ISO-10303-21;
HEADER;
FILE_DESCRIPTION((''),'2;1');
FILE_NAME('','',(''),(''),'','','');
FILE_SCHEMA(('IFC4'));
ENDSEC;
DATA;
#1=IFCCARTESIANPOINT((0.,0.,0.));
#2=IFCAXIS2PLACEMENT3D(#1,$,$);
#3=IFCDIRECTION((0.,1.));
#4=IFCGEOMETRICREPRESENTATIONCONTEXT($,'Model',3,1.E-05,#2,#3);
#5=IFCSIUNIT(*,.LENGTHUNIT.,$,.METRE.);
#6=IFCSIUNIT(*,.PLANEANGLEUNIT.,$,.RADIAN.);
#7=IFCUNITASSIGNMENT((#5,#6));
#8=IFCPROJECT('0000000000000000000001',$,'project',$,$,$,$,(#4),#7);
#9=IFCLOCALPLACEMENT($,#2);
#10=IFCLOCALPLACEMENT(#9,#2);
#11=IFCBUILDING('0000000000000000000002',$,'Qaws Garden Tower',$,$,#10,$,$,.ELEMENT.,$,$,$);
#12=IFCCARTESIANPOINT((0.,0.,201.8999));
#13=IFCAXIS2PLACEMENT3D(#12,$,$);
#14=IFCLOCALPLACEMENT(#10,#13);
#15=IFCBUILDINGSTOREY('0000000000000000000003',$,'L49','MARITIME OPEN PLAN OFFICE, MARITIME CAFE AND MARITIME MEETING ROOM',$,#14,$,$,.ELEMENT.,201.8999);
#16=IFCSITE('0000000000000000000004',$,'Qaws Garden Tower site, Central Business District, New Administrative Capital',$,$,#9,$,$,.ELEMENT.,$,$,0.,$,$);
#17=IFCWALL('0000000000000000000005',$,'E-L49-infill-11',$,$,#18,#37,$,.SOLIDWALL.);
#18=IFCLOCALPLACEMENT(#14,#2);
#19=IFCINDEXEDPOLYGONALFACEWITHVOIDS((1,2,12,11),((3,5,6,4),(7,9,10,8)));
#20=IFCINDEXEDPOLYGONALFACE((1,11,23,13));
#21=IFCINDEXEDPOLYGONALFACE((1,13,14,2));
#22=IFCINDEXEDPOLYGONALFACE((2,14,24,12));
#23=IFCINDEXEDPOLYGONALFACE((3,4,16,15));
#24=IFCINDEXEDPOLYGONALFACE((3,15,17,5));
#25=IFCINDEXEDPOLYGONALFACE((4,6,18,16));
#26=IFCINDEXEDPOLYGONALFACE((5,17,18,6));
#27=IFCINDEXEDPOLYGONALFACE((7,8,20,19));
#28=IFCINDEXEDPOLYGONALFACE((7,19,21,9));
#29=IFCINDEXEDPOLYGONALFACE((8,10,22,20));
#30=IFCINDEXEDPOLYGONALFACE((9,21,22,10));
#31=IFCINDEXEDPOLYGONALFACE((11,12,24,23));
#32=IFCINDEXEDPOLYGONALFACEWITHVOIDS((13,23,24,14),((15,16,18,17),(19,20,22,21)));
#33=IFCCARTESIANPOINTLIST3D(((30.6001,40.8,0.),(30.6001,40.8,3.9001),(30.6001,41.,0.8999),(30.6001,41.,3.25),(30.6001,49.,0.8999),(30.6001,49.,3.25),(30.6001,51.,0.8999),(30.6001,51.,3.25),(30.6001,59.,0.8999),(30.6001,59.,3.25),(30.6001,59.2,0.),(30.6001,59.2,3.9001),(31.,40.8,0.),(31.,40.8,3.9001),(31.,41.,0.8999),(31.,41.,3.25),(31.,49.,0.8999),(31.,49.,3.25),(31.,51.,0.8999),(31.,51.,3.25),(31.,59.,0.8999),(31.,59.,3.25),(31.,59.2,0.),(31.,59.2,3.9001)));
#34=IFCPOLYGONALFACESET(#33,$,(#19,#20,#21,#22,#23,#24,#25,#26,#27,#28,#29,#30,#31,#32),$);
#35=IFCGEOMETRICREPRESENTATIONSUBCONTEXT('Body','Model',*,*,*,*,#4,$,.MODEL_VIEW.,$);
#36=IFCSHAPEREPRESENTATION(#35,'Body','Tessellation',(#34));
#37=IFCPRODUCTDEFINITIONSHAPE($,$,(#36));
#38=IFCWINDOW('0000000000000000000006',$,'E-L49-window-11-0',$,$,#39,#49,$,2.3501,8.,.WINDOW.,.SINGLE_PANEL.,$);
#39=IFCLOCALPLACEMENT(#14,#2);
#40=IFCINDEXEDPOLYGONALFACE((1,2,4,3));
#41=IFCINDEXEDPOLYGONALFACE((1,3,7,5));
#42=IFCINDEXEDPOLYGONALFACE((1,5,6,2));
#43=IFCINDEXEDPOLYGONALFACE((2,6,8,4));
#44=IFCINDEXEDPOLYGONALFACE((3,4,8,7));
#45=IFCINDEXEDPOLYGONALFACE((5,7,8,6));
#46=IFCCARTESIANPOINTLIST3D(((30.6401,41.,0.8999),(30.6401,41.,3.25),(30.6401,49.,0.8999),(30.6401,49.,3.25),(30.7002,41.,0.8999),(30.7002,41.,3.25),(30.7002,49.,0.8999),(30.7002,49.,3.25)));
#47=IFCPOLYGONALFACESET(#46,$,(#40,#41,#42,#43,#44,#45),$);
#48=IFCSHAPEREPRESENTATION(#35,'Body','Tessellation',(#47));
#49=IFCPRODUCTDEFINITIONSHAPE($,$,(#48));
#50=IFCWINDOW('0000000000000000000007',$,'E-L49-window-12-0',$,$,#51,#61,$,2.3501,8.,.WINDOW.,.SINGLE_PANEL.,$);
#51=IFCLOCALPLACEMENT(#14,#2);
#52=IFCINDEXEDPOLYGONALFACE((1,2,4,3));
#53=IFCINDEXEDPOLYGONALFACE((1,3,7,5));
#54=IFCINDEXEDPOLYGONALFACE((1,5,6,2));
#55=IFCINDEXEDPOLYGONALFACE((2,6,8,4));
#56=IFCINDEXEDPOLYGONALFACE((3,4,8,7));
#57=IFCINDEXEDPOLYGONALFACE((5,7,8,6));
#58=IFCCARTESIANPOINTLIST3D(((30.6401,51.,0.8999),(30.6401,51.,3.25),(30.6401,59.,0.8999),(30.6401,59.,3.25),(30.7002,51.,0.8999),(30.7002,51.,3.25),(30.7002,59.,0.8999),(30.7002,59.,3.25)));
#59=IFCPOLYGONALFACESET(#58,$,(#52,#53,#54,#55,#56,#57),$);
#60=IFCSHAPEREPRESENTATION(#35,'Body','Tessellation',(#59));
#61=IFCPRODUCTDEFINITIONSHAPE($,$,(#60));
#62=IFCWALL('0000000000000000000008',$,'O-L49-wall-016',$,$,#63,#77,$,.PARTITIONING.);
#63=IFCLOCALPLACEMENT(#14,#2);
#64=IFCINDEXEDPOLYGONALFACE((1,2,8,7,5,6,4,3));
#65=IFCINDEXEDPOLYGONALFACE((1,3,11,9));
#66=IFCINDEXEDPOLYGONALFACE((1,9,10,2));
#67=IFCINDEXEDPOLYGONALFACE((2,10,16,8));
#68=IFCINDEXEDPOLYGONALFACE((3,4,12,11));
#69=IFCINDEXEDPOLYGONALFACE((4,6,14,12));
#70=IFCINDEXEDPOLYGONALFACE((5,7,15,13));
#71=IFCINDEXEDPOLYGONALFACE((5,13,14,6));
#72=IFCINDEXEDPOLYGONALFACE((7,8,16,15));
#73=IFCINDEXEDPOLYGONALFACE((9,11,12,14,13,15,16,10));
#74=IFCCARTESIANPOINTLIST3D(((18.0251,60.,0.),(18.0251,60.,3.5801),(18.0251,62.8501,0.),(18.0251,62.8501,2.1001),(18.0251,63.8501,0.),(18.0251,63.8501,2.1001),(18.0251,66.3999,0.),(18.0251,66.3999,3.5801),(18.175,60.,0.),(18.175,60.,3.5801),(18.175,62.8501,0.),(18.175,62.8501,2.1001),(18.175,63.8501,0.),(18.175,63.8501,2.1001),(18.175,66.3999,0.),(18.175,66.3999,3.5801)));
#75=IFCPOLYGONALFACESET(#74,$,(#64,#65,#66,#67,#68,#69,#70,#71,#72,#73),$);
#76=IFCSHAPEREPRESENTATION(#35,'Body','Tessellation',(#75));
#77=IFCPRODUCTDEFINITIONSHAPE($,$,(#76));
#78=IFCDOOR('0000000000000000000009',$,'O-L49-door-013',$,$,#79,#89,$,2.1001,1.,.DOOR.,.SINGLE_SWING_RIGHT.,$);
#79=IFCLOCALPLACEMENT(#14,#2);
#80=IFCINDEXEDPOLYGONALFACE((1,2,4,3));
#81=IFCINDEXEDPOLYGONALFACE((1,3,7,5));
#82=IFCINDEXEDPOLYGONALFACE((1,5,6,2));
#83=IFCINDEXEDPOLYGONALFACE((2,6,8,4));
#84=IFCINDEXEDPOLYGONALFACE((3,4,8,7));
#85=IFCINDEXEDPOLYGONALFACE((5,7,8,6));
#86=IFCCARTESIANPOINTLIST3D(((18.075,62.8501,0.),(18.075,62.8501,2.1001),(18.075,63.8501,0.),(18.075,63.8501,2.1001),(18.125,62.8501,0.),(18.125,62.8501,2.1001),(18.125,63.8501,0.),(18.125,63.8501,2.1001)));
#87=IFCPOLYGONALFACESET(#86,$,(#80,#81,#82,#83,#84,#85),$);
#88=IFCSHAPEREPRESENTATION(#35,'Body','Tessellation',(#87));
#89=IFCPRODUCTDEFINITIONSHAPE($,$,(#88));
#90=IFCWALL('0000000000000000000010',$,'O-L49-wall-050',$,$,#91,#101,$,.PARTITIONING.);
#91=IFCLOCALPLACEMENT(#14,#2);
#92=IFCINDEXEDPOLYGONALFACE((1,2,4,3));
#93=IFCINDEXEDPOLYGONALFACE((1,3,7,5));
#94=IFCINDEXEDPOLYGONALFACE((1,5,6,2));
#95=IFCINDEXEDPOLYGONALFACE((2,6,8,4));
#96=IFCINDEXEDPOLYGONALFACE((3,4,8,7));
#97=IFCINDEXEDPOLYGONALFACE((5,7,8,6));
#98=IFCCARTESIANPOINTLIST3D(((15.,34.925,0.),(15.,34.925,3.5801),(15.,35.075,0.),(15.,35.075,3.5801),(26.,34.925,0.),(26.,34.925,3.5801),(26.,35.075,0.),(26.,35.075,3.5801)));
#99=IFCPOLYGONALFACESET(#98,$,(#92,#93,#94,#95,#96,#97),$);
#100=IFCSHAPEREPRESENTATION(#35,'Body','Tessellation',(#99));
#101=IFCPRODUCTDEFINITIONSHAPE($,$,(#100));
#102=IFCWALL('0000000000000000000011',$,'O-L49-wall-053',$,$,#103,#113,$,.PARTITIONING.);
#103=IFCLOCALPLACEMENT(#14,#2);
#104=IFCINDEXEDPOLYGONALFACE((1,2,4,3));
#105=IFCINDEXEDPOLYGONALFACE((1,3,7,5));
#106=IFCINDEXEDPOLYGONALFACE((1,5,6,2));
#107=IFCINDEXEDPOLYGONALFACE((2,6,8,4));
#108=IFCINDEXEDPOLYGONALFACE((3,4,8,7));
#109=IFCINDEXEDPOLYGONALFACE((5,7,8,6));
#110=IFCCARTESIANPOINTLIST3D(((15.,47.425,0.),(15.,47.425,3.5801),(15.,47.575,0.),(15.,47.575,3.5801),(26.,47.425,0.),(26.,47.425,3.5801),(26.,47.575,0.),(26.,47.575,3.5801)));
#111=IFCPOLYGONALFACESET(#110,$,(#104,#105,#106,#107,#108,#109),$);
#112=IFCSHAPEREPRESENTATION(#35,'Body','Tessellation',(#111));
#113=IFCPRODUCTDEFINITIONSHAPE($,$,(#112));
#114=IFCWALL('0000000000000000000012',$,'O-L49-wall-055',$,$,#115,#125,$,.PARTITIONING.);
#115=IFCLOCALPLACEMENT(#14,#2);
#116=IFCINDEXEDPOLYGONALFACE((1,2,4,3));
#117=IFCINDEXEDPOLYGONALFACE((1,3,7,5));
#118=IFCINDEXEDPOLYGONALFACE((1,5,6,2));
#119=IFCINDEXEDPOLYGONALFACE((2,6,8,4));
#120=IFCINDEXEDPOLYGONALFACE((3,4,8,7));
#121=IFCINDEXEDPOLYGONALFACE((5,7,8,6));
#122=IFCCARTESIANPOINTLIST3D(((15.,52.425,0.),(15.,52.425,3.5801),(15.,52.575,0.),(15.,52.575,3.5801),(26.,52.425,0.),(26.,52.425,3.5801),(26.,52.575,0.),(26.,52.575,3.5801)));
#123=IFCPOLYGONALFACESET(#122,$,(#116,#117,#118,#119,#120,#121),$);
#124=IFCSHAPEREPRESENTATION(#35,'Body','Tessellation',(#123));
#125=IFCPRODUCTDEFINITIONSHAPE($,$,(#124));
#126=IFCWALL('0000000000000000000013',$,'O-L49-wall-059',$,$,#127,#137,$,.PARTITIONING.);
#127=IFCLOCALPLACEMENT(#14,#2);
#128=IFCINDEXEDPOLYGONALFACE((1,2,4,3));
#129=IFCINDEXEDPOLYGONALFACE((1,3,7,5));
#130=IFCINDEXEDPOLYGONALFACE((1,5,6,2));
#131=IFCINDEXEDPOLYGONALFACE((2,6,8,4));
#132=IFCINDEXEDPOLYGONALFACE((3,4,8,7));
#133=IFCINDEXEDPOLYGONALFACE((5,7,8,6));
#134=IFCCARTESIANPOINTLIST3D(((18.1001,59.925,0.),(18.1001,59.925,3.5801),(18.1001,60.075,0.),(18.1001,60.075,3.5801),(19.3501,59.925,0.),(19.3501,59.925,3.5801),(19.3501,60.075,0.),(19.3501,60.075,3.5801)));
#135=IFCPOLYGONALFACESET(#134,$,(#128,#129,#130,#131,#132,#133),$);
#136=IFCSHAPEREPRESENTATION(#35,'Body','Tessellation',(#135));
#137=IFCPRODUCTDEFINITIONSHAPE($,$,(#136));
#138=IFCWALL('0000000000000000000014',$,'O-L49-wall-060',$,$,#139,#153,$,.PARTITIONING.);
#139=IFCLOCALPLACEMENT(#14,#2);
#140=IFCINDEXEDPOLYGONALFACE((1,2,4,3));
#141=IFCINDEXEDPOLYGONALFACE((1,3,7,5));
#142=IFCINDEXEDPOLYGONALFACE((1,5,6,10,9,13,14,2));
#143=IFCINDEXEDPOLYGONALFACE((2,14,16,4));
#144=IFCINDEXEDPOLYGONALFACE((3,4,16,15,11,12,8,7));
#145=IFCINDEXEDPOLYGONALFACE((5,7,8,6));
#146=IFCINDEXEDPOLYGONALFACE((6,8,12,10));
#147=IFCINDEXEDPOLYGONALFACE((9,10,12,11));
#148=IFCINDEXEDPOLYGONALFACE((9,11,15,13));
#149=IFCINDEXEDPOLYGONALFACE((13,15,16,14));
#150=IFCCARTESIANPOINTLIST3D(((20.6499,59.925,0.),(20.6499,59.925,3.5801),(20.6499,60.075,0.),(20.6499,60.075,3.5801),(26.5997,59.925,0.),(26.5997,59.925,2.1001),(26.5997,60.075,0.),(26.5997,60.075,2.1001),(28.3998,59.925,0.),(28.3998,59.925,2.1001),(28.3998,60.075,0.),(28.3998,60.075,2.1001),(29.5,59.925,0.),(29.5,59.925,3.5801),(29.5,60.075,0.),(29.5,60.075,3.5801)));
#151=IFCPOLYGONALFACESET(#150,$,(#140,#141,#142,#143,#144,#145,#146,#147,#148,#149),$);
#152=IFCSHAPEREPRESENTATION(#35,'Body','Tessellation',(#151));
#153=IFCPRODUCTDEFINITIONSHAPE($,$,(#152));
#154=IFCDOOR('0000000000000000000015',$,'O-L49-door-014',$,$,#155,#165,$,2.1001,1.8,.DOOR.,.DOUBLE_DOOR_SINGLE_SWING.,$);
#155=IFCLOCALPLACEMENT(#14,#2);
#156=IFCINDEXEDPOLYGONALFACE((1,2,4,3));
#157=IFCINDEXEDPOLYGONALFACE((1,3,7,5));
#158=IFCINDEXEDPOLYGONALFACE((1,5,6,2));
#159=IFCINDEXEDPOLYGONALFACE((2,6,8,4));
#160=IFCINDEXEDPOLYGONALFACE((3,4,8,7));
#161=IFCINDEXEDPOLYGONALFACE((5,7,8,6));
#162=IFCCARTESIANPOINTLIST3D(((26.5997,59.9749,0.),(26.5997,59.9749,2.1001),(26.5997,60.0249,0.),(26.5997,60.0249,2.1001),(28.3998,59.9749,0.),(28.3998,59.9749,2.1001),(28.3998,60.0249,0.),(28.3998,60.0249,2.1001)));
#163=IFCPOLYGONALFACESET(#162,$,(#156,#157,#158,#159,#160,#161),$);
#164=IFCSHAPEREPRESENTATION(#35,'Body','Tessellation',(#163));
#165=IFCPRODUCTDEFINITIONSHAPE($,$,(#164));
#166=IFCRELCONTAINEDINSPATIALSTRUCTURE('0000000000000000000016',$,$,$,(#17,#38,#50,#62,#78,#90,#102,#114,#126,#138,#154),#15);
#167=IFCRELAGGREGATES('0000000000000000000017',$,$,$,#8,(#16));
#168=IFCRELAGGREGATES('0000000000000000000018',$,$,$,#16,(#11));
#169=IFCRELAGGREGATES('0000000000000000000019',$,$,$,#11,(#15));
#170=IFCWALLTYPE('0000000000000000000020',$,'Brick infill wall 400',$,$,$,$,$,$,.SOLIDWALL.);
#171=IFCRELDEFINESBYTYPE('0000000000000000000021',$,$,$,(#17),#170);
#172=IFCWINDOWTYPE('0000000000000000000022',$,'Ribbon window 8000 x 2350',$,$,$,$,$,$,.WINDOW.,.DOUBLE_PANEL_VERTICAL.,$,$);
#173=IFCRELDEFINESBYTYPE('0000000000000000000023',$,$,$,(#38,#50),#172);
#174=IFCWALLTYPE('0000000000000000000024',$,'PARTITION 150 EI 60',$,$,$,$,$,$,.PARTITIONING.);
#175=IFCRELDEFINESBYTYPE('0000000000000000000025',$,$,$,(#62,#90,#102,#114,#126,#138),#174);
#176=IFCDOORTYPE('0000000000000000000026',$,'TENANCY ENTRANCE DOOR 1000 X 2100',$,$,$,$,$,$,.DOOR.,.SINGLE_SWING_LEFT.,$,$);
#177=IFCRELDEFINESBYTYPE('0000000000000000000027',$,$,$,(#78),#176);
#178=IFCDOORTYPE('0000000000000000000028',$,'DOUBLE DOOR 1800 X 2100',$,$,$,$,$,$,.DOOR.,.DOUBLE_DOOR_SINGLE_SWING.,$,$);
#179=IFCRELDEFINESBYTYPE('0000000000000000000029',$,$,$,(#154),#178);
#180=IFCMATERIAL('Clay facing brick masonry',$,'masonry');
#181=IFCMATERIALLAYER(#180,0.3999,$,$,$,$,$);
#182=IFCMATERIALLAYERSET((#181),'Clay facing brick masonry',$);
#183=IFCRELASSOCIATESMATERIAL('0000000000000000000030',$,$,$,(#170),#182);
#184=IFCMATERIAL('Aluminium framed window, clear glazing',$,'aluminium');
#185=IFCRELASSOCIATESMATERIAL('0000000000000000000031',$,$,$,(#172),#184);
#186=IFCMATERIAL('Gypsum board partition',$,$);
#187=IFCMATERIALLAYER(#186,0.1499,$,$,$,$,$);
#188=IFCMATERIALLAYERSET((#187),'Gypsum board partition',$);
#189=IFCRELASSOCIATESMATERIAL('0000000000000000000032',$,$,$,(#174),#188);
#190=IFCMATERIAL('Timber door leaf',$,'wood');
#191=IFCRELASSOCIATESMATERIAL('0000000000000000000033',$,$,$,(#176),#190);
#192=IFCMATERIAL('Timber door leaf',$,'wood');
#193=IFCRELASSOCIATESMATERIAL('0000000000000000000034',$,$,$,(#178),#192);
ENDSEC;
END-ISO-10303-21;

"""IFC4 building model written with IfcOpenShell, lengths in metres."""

from ifc_helpers import new_model, si_unit, direction, frame, frame_2d, origin, place, context, subcontext, project, spatial, rectangle, extrude, material, layer, layer_set, type_object, element, fill, save


model = new_model("IFC4")

# Units and contexts
model_context = context("Model", 3, precision=1e-05, world=origin(), true_north=direction((0.0, 1.0)))
body_context = subcontext(model_context, "Body", "Model", "MODEL_VIEW")
ifc_project = project(units=[si_unit("LENGTHUNIT", "METRE"), si_unit("PLANEANGLEUNIT", "RADIAN")], contexts=[model_context])

# Site, building, storey
site_placement = place(None, origin())
site = spatial("IfcSite", under=ifc_project, at=site_placement, Name="Qaws Garden Tower site, Central Business District, New Administrative Capital", CompositionType="ELEMENT", RefElevation=0.0)
building_placement = place(site_placement, origin())
building = spatial("IfcBuilding", under=site, at=building_placement, Name="Qaws Garden Tower", CompositionType="ELEMENT")
storey_placement = place(building_placement, frame((0.0, 0.0, 201.8999)))
storey = spatial("IfcBuildingStorey", under=building, at=storey_placement, Name="L49", Description="MARITIME OPEN PLAN OFFICE, MARITIME CAFE AND MARITIME MEETING ROOM", CompositionType="ELEMENT", Elevation=201.8999)

# Shared definitions
ifc_material_1 = material(Name="Clay facing brick masonry", Category="masonry")
ifc_layer_1 = layer(ifc_material_1, 0.3999)
ifc_layer_set_1 = layer_set([ifc_layer_1], Name="Clay facing brick masonry")
wall_type_1 = type_object("IfcWallType", Name="Brick infill wall 400", PredefinedType="SOLIDWALL", material=ifc_layer_set_1)

# Wall, openings, windows
wall_1_placement = place(storey_placement, frame((30.8, 40.8, 0.0), z_axis=(0.0, 0.0, 1.0), x_axis=(0.0, 1.0, 0.0)))
wall_1 = element("IfcWall", 1, at=wall_1_placement, inside=storey, type_object=wall_type_1, Name="E-L49-infill-11", PredefinedType="SOLIDWALL", context=body_context, shape_type="SweptSolid", body=[
    extrude(rectangle(XDim=18.3999, YDim=0.3999, at=frame_2d((9.2, 0.0))), origin(), (0.0, 0.0, 1.0), 3.9001),
])
opening_1_placement = place(wall_1_placement, frame((0.2, 0.0, 0.8999)))
opening_1 = element("IfcOpeningElement", 2, at=opening_1_placement, cuts=wall_1, PredefinedType="OPENING", context=body_context, shape_type="SweptSolid", body=[
    extrude(rectangle(XDim=8.0, YDim=2.3501, at=frame_2d((4.0, 1.175))), frame((0.0, 0.21, 0.0), z_axis=(0.0, -1.0, 0.0), x_axis=(1.0, 0.0, 0.0)), (0.0, 0.0, 1.0), 0.4199),
])
opening_2_placement = place(wall_1_placement, frame((10.2, 0.0, 0.8999)))
opening_2 = element("IfcOpeningElement", 3, at=opening_2_placement, cuts=wall_1, PredefinedType="OPENING", context=body_context, shape_type="SweptSolid", body=[
    extrude(rectangle(XDim=8.0, YDim=2.3501, at=frame_2d((4.0, 1.175))), frame((0.0, 0.21, 0.0), z_axis=(0.0, -1.0, 0.0), x_axis=(1.0, 0.0, 0.0)), (0.0, 0.0, 1.0), 0.4199),
])
ifc_material_2 = material(Name="Aluminium framed window, clear glazing", Category="aluminium")
window_type_1 = type_object("IfcWindowType", Name="Ribbon window 8000 x 2350", PartitioningType="DOUBLE_PANEL_VERTICAL", PredefinedType="WINDOW", material=ifc_material_2)
window_1_placement = place(opening_1_placement, origin())
window_1 = element("IfcWindow", 4, at=window_1_placement, inside=storey, type_object=window_type_1, Name="E-L49-window-11-0", OverallHeight=2.3501, OverallWidth=8.0, PartitioningType="SINGLE_PANEL", PredefinedType="WINDOW", context=body_context, shape_type="SweptSolid", body=[
    extrude(rectangle(XDim=8.0, YDim=2.3501, at=frame_2d((4.0, 1.175))), frame((0.0, 0.1599, 0.0), z_axis=(0.0, -1.0, 0.0), x_axis=(1.0, 0.0, 0.0)), (0.0, 0.0, 1.0), 0.0601),
])
fill(opening_1, window_1)
window_2_placement = place(opening_2_placement, origin())
window_2 = element("IfcWindow", 5, at=window_2_placement, inside=storey, type_object=window_type_1, Name="E-L49-window-12-0", OverallHeight=2.3501, OverallWidth=8.0, PartitioningType="SINGLE_PANEL", PredefinedType="WINDOW", context=body_context, shape_type="SweptSolid", body=[
    extrude(rectangle(XDim=8.0, YDim=2.3501, at=frame_2d((4.0, 1.175))), frame((0.0, 0.1599, 0.0), z_axis=(0.0, -1.0, 0.0), x_axis=(1.0, 0.0, 0.0)), (0.0, 0.0, 1.0), 0.0601),
])
fill(opening_2, window_2)

# Wall, opening, door
ifc_material_3 = material(Name="Gypsum board partition")
ifc_layer_2 = layer(ifc_material_3, 0.1499)
ifc_layer_set_2 = layer_set([ifc_layer_2], Name="Gypsum board partition")
wall_type_2 = type_object("IfcWallType", Name="PARTITION 150 EI 60", PredefinedType="PARTITIONING", material=ifc_layer_set_2)
wall_2_placement = place(storey_placement, frame((18.1001, 60.0, 0.0), z_axis=(0.0, 0.0, 1.0), x_axis=(0.0, 1.0, 0.0)))
wall_2 = element("IfcWall", 6, at=wall_2_placement, inside=storey, type_object=wall_type_2, Name="O-L49-wall-016", PredefinedType="PARTITIONING", context=body_context, shape_type="SweptSolid", body=[
    extrude(rectangle(XDim=6.3999, YDim=0.1499, at=frame_2d((3.2, 0.0))), origin(), (0.0, 0.0, 1.0), 3.5801),
])
opening_3_placement = place(wall_2_placement, frame((2.8501, 0.0, 0.0)))
opening_3 = element("IfcOpeningElement", 7, at=opening_3_placement, cuts=wall_2, PredefinedType="OPENING", context=body_context, shape_type="SweptSolid", body=[
    extrude(rectangle(XDim=1.0, YDim=2.1001, at=frame_2d((0.5, 1.05))), frame((0.0, 0.085, 0.0), z_axis=(0.0, -1.0, 0.0), x_axis=(1.0, 0.0, 0.0)), (0.0, 0.0, 1.0), 0.1699),
])
ifc_material_4 = material(Name="Timber door leaf", Category="wood")
door_type_1 = type_object("IfcDoorType", Name="TENANCY ENTRANCE DOOR 1000 X 2100", OperationType="SINGLE_SWING_LEFT", PredefinedType="DOOR", material=ifc_material_4)
door_1_placement = place(opening_3_placement, frame((1.0, 0.0, 0.0), z_axis=(0.0, 0.0, 1.0), x_axis=(-1.0, 0.0, 0.0)))
door_1 = element("IfcDoor", 8, at=door_1_placement, inside=storey, type_object=door_type_1, Name="O-L49-door-013", OperationType="SINGLE_SWING_RIGHT", OverallHeight=2.1001, OverallWidth=1.0, PredefinedType="DOOR", context=body_context, shape_type="SweptSolid", body=[
    extrude(rectangle(XDim=1.0, YDim=2.1001, at=frame_2d((0.5, 1.05))), frame((0.0, 0.0249, 0.0), z_axis=(0.0, -1.0, 0.0), x_axis=(1.0, 0.0, 0.0)), (0.0, 0.0, 1.0), 0.05),
])
fill(opening_3, door_1)

# Walls
for number, where, z_axis, x_axis, name in (
    (9, (15.0, 35.0, 0.0), (0.0, 0.0, 1.0), (1.0, 0.0, 0.0), "O-L49-wall-050"),
    (10, (15.0, 47.5, 0.0), (0.0, 0.0, 1.0), (1.0, 0.0, 0.0), "O-L49-wall-053"),
    (11, (15.0, 52.5, 0.0), (0.0, 0.0, 1.0), (1.0, 0.0, 0.0), "O-L49-wall-055"),
):
    element("IfcWall", number, at=place(storey_placement, frame(where, z_axis=z_axis, x_axis=x_axis)), inside=storey, type_object=wall_type_2, Name=name, PredefinedType="PARTITIONING", context=body_context, shape_type="SweptSolid", body=[
        extrude(rectangle(XDim=11.0, YDim=0.1499, at=frame_2d((5.5, 0.0))), origin(), (0.0, 0.0, 1.0), 3.5801),
    ])
wall_3_placement = place(storey_placement, frame((18.1001, 60.0, 0.0), z_axis=(0.0, 0.0, 1.0), x_axis=(1.0, 0.0, 0.0)))
element("IfcWall", 12, at=wall_3_placement, inside=storey, type_object=wall_type_2, Name="O-L49-wall-059", PredefinedType="PARTITIONING", context=body_context, shape_type="SweptSolid", body=[
    extrude(rectangle(XDim=1.25, YDim=0.1499, at=frame_2d((0.625, 0.0))), origin(), (0.0, 0.0, 1.0), 3.5801),
])

# Wall, opening, door
wall_4_placement = place(storey_placement, frame((20.6499, 60.0, 0.0), z_axis=(0.0, 0.0, 1.0), x_axis=(1.0, 0.0, 0.0)))
wall_4 = element("IfcWall", 13, at=wall_4_placement, inside=storey, type_object=wall_type_2, Name="O-L49-wall-060", PredefinedType="PARTITIONING", context=body_context, shape_type="SweptSolid", body=[
    extrude(rectangle(XDim=8.8501, YDim=0.1499, at=frame_2d((4.425, 0.0))), origin(), (0.0, 0.0, 1.0), 3.5801),
])
opening_4_placement = place(wall_4_placement, frame((5.95, 0.0, 0.0)))
opening_4 = element("IfcOpeningElement", 14, at=opening_4_placement, cuts=wall_4, PredefinedType="OPENING", context=body_context, shape_type="SweptSolid", body=[
    extrude(rectangle(XDim=1.8, YDim=2.1001, at=frame_2d((0.8999, 1.05))), frame((0.0, 0.085, 0.0), z_axis=(0.0, -1.0, 0.0), x_axis=(1.0, 0.0, 0.0)), (0.0, 0.0, 1.0), 0.1699),
])
ifc_material_5 = material(Name="Timber door leaf", Category="wood")
door_type_2 = type_object("IfcDoorType", Name="DOUBLE DOOR 1800 X 2100", OperationType="DOUBLE_DOOR_SINGLE_SWING", PredefinedType="DOOR", material=ifc_material_5)
door_2_placement = place(opening_4_placement, origin())
door_2 = element("IfcDoor", 15, at=door_2_placement, inside=storey, type_object=door_type_2, Name="O-L49-door-014", OperationType="DOUBLE_DOOR_SINGLE_SWING", OverallHeight=2.1001, OverallWidth=1.8, PredefinedType="DOOR", context=body_context, shape_type="SweptSolid", body=[
    extrude(rectangle(XDim=1.8, YDim=2.1001, at=frame_2d((0.8999, 1.05))), frame((0.0, 0.0249, 0.0), z_axis=(0.0, -1.0, 0.0), x_axis=(1.0, 0.0, 0.0)), (0.0, 0.0, 1.0), 0.05),
])
fill(opening_4, door_2)

save(model, "model.ifc")
